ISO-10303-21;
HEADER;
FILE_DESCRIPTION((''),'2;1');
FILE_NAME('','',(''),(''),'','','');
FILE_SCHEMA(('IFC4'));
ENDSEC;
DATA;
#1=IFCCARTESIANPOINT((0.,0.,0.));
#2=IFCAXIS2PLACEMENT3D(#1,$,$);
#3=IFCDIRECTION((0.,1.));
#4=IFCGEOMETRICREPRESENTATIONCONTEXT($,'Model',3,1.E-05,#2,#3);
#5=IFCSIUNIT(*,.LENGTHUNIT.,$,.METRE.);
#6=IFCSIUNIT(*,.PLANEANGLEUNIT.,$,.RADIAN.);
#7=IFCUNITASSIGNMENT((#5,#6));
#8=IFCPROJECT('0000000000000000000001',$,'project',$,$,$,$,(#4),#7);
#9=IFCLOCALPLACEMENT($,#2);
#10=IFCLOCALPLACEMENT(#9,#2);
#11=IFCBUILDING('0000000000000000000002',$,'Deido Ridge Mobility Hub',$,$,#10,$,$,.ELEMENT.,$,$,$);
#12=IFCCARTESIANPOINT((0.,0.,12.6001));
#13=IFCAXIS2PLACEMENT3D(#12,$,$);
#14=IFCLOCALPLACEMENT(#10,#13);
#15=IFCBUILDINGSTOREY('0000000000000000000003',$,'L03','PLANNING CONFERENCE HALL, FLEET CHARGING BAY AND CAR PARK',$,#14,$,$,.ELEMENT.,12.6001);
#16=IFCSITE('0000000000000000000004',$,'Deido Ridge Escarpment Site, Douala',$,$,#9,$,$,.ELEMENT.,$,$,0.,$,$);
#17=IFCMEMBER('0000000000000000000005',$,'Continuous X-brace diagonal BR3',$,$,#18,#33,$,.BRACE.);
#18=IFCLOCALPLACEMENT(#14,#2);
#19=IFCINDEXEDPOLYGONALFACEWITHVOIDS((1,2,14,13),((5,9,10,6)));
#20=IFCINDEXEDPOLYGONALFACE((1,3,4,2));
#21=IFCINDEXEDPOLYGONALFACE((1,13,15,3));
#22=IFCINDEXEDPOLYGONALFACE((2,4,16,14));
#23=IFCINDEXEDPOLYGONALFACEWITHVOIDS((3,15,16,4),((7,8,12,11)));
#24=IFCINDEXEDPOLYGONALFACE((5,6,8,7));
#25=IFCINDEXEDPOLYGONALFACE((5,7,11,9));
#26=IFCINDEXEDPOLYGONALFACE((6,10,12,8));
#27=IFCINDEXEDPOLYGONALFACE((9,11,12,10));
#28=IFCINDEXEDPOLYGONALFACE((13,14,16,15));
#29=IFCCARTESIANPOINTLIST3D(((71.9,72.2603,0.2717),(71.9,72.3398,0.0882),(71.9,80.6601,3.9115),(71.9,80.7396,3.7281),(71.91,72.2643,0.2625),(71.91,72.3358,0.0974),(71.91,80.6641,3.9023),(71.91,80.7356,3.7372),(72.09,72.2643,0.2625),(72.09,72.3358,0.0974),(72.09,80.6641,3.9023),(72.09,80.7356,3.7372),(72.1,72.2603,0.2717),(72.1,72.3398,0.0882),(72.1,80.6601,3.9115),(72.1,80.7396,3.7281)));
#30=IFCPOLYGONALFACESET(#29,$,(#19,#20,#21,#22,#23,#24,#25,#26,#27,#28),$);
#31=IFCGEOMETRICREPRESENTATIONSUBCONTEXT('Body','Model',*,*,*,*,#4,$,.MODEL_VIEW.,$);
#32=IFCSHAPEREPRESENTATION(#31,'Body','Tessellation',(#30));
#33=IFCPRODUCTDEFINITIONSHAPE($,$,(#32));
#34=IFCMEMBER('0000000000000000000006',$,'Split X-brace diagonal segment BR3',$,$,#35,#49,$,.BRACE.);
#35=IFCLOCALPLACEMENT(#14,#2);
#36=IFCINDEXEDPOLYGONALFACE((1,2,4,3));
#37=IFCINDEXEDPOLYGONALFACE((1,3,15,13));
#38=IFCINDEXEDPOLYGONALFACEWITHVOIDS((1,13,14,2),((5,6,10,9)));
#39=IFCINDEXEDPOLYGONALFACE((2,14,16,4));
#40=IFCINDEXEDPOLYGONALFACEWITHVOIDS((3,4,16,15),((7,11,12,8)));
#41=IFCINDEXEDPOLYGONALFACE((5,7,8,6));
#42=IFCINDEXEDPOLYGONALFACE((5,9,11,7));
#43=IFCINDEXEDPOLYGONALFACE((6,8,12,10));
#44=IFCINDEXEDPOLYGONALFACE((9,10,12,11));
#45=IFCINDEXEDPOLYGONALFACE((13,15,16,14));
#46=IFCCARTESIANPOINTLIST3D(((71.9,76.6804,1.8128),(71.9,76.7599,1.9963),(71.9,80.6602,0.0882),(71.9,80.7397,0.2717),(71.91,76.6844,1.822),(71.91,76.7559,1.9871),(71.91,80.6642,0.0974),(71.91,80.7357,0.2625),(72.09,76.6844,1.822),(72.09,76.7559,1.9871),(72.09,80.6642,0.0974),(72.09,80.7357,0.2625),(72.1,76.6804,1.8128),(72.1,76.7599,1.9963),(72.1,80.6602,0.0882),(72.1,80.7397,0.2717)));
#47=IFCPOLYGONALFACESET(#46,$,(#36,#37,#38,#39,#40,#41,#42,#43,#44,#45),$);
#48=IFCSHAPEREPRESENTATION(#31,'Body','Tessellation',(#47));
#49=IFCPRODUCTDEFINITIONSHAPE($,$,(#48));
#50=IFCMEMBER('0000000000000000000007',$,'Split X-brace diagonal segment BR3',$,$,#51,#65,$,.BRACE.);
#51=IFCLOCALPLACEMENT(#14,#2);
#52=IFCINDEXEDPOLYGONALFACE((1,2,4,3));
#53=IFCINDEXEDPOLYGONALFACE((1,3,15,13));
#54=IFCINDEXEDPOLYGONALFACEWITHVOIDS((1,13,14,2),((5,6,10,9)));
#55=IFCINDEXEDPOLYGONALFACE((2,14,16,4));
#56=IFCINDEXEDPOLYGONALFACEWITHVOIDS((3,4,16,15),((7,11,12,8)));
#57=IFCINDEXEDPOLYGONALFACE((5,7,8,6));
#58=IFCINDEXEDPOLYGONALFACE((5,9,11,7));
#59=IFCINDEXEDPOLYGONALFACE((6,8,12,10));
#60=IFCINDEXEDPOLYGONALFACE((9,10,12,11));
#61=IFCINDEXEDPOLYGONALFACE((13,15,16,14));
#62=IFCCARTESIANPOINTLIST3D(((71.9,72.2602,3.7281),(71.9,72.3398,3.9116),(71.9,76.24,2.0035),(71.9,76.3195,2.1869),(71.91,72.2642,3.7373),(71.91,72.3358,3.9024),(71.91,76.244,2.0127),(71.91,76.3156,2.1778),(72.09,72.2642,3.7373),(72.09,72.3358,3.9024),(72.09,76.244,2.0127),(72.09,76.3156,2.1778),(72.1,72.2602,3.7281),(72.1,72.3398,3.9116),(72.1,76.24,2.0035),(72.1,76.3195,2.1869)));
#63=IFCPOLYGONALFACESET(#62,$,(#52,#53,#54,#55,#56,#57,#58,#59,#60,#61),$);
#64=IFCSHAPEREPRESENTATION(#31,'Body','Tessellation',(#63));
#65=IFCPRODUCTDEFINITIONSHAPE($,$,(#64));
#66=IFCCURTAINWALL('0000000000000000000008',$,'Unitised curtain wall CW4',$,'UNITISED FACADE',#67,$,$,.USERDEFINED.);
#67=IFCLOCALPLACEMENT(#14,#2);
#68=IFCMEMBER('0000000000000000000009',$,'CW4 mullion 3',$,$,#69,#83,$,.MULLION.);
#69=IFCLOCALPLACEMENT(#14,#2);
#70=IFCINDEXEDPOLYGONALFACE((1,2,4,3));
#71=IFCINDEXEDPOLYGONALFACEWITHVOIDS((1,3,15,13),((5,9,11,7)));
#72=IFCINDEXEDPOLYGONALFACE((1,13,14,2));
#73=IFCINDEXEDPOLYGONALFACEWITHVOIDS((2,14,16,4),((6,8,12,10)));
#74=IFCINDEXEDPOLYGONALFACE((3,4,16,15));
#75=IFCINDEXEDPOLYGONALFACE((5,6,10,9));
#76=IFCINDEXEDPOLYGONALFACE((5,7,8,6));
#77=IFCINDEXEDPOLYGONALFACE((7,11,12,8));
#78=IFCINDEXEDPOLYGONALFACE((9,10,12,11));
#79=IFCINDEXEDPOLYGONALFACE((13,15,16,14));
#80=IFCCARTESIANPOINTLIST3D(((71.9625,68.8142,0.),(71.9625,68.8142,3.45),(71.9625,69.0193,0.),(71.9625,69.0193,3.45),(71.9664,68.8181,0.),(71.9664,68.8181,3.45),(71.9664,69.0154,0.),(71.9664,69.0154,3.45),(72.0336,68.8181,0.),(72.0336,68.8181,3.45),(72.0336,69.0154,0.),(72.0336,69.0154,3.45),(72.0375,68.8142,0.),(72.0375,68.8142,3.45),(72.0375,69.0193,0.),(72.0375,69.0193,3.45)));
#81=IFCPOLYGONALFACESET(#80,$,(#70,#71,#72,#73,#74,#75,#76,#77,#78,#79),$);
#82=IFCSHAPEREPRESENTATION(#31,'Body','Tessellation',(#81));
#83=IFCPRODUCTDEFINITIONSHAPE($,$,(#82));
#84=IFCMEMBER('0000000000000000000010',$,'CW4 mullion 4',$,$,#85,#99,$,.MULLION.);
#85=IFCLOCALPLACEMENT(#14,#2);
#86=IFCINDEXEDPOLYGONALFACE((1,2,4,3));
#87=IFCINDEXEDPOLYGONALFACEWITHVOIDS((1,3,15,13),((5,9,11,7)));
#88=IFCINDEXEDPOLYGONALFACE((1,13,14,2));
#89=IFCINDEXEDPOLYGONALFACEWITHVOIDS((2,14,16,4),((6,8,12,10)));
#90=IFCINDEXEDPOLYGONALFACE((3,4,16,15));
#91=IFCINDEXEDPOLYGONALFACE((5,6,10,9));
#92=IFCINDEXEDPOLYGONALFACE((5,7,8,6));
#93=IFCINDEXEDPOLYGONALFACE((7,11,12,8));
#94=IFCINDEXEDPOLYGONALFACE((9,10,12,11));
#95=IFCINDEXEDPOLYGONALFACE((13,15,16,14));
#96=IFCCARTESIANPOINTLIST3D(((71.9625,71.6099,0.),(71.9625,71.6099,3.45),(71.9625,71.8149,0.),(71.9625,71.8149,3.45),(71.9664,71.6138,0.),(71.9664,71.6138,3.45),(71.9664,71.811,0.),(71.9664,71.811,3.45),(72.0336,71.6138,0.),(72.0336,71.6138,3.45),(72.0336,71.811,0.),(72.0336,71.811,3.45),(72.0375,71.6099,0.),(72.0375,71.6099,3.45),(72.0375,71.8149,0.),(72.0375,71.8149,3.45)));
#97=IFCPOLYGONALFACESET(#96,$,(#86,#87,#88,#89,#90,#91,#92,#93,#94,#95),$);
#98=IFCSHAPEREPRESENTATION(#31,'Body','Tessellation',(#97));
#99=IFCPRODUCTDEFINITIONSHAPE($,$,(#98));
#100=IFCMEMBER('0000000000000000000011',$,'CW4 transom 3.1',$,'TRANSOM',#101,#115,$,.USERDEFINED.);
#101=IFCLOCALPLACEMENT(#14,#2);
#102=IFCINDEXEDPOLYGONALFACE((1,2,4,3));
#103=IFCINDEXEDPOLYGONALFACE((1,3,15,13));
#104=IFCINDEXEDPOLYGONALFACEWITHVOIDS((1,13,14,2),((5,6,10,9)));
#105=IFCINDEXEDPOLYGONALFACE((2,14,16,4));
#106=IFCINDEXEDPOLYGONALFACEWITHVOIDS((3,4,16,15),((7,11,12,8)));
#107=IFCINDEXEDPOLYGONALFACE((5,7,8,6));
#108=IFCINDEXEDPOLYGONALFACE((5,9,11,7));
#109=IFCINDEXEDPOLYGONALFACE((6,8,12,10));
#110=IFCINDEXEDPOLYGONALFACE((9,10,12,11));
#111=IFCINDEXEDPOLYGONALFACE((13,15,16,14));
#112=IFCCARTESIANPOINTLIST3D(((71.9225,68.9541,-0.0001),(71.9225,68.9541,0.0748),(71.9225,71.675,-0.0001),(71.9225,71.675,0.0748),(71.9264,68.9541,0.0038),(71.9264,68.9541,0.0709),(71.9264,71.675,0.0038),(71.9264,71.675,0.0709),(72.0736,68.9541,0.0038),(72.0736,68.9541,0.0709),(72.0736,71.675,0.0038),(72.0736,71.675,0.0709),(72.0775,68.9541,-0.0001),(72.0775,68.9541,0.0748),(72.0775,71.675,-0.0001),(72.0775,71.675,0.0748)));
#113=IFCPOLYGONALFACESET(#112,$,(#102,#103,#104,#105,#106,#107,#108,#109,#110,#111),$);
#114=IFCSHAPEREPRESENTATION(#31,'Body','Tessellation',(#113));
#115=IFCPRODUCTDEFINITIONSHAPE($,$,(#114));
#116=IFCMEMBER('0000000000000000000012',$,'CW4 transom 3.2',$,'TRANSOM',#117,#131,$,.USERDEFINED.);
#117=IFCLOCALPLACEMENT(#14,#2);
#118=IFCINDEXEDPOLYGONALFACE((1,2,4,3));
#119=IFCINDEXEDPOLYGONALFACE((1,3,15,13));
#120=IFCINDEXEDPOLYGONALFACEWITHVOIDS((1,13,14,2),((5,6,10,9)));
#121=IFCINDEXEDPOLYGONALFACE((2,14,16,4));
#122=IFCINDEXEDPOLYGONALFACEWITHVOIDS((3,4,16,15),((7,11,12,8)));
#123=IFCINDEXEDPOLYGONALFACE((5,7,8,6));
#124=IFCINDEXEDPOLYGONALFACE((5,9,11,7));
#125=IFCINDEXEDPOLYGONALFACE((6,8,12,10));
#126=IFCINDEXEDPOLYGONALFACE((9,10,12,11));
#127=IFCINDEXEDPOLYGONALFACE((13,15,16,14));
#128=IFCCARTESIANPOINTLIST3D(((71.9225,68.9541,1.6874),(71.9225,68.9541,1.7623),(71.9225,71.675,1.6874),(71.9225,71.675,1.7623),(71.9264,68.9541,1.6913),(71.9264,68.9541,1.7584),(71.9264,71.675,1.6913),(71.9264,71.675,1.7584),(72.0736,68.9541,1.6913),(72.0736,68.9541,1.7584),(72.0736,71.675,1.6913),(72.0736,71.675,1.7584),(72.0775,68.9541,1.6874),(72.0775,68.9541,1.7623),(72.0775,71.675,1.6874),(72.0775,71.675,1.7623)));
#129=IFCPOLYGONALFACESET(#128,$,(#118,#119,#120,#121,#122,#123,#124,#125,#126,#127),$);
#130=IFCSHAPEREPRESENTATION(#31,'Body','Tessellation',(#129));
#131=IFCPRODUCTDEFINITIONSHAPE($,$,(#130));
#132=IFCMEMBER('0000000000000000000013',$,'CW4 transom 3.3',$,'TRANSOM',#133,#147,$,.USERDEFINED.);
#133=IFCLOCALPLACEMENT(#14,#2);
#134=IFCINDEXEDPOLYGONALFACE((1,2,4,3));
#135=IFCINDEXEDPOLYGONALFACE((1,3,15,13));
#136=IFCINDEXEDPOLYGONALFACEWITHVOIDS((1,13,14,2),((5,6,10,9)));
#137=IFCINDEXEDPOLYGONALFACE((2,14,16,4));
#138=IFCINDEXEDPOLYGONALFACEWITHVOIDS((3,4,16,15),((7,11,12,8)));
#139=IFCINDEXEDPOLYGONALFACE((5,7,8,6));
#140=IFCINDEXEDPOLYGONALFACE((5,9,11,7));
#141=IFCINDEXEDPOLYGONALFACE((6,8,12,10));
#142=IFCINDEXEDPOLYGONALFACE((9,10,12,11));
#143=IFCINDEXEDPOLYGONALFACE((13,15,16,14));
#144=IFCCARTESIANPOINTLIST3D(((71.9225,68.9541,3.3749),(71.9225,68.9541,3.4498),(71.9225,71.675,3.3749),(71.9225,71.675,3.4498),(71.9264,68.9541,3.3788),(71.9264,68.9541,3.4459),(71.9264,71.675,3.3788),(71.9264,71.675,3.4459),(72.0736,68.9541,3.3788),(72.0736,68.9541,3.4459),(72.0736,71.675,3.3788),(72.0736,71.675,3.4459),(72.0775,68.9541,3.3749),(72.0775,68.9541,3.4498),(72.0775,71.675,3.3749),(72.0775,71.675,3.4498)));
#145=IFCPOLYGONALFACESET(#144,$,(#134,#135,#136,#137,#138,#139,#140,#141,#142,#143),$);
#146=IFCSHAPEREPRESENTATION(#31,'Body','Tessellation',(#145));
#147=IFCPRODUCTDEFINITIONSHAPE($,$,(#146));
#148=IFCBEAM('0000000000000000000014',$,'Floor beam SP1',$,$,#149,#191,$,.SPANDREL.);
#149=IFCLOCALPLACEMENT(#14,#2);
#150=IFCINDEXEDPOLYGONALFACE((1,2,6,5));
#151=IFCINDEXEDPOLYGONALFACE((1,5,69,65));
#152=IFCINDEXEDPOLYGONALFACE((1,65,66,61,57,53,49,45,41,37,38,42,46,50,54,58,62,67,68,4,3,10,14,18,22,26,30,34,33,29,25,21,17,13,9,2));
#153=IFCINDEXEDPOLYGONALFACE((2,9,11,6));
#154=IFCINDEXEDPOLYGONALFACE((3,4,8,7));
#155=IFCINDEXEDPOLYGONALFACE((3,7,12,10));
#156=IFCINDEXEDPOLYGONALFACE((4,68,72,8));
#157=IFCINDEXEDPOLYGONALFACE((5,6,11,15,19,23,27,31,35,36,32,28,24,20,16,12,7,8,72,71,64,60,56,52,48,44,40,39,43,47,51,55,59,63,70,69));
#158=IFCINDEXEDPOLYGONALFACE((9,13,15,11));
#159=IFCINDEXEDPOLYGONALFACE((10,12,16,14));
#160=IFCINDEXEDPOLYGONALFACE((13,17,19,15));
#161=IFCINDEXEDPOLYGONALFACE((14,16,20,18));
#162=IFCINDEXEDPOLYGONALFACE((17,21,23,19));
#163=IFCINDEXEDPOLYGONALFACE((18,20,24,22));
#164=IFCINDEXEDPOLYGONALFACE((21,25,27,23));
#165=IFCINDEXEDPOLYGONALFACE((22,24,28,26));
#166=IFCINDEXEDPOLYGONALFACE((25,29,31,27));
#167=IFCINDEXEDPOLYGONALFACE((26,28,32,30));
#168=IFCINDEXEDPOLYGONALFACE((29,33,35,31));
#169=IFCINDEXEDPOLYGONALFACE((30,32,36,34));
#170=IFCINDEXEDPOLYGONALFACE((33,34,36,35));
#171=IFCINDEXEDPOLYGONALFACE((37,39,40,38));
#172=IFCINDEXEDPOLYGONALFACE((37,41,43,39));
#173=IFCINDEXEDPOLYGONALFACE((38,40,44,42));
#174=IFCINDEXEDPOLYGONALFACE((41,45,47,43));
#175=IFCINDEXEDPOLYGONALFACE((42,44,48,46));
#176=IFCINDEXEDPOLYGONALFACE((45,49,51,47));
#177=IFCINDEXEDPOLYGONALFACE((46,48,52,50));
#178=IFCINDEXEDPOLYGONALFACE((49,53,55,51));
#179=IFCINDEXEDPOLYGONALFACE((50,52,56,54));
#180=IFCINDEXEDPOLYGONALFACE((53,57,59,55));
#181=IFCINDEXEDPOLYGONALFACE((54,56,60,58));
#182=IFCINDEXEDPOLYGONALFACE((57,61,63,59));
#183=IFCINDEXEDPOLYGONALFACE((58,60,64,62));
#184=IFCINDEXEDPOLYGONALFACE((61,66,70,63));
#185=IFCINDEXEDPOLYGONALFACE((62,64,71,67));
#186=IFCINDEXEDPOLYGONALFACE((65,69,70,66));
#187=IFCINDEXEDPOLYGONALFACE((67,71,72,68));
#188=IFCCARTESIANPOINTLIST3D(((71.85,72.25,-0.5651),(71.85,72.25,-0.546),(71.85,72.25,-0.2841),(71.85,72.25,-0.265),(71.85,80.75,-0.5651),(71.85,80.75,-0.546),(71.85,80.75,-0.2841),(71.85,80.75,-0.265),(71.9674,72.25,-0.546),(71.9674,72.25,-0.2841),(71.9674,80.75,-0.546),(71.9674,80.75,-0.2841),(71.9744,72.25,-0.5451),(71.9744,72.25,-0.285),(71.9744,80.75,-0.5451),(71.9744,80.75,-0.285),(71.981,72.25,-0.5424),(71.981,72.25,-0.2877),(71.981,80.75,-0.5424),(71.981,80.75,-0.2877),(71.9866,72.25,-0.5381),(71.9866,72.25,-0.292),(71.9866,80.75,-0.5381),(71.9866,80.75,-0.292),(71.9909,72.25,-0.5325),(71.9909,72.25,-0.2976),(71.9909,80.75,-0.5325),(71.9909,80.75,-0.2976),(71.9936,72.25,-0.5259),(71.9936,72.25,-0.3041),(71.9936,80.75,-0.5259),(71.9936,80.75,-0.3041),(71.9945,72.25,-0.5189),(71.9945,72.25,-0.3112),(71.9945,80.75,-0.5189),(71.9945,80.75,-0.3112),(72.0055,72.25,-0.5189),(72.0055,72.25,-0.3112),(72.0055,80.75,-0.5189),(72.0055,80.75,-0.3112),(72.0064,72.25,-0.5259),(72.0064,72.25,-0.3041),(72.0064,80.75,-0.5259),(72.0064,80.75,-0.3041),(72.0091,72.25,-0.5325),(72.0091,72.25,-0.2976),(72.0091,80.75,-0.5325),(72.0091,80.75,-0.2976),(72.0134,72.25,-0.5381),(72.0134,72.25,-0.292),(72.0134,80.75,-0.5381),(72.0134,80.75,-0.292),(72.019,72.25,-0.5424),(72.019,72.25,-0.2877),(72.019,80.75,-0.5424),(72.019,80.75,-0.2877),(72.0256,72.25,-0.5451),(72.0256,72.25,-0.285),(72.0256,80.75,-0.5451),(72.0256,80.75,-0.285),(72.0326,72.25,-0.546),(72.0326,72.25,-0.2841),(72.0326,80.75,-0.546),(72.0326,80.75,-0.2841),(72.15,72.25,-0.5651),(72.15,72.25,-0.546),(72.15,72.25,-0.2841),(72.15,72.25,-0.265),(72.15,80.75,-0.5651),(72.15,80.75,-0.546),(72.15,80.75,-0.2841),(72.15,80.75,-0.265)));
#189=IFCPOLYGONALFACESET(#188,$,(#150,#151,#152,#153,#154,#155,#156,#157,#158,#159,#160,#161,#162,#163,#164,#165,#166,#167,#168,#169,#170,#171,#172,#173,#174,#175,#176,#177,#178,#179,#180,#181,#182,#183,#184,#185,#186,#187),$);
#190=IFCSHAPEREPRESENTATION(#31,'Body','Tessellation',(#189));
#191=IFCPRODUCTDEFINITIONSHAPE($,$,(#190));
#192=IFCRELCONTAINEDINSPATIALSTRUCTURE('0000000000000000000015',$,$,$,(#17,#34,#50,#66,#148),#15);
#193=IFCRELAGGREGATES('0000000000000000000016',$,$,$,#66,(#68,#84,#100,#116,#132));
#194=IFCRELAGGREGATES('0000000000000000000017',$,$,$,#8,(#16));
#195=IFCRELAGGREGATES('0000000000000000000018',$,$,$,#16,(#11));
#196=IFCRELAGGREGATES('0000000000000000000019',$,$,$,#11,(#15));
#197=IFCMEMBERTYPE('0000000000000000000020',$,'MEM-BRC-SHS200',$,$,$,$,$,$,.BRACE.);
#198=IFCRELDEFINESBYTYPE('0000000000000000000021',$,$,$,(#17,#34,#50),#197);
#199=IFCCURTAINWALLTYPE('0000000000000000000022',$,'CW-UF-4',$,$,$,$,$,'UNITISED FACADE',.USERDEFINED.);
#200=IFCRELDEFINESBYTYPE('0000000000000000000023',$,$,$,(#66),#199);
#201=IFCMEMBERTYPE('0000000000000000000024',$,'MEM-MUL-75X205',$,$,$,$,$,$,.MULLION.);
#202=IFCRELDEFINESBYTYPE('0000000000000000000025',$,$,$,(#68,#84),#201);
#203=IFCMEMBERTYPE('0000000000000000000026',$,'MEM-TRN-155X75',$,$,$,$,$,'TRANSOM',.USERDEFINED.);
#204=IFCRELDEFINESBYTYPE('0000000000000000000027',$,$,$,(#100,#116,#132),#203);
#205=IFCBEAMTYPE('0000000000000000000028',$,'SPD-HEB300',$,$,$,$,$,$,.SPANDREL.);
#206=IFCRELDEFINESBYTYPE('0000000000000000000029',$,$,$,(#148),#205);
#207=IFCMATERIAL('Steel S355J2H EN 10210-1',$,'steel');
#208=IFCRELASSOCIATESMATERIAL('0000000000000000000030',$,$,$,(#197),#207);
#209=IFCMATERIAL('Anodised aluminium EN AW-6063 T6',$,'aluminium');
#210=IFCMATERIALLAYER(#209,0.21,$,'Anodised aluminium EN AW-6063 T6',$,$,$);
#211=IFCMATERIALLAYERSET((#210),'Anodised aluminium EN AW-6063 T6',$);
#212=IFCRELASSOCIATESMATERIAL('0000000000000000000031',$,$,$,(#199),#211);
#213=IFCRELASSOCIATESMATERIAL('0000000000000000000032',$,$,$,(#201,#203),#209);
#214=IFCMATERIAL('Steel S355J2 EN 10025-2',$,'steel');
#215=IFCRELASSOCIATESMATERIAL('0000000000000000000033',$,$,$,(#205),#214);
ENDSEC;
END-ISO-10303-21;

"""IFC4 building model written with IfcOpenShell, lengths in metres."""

from ifc_helpers import new_model, si_unit, direction, frame, origin, origin_2d, place, context, subcontext, project, spatial, hollow_rectangle, i_section, extrude, material, layer, layer_set, material_profile, profile_set, type_object, element, aggregate, save


model = new_model("IFC4")

# Units and contexts
model_context = context("Model", 3, precision=1e-05, world=origin(), true_north=direction((0.0, 1.0)))
body_context = subcontext(model_context, "Body", "Model", "MODEL_VIEW")
ifc_project = project(units=[si_unit("LENGTHUNIT", "METRE"), si_unit("PLANEANGLEUNIT", "RADIAN")], contexts=[model_context])

# Site, building, storey
site_placement = place(None, origin())
site = spatial("IfcSite", under=ifc_project, at=site_placement, Name="Deido Ridge Escarpment Site, Douala", CompositionType="ELEMENT", RefElevation=0.0)
building_placement = place(site_placement, origin())
building = spatial("IfcBuilding", under=site, at=building_placement, Name="Deido Ridge Mobility Hub", CompositionType="ELEMENT")
storey_placement = place(building_placement, frame((0.0, 0.0, 12.6001)))
storey = spatial("IfcBuildingStorey", under=building, at=storey_placement, Name="L03", Description="PLANNING CONFERENCE HALL, FLEET CHARGING BAY AND CAR PARK", CompositionType="ELEMENT", Elevation=12.6001)

# Shared definitions
ifc_material_1 = material(Name="Steel S355J2 EN 10025-2", Category="steel")

# Members
ifc_material_2 = material(Name="Steel S355J2H EN 10210-1", Category="steel")
ifc_material_profile_1 = material_profile(ifc_material_2, hollow_rectangle(XDim=0.2, YDim=0.2, WallThickness=0.01, at=origin_2d()), Name="SHS 200x200x10")
ifc_profile_set_1 = profile_set([ifc_material_profile_1], Name="Steel S355J2H EN 10210-1")
member_type_1 = type_object("IfcMemberType", Name="MEM-BRC-SHS200", PredefinedType="BRACE", material=ifc_profile_set_1)
member_1_placement = place(storey_placement, frame((72.0, 72.3, 0.1799), z_axis=(0.0, 0.917558, 0.397601), x_axis=(-1.0, 0.0, 0.0)))
element("IfcMember", 1, at=member_1_placement, inside=storey, type_object=member_type_1, Name="Continuous X-brace diagonal BR3", PredefinedType="BRACE", context=body_context, shape_type="SweptSolid", body=[
    extrude(hollow_rectangle(XDim=0.2, YDim=0.2, WallThickness=0.01, at=origin_2d()), origin(), (0.0, 0.0, 1.0), 9.1545),
])
for number, where, z_axis, x_axis, name in (
    (2, (72.0, 80.7, 0.1799), (0.0, -0.917551, 0.397618), (1.0, 0.0, 0.0), "Split X-brace diagonal segment BR3"),
    (3, (72.0, 76.2798, 2.0952), (0.0, -0.917551, 0.397618), (1.0, 0.0, 0.0), "Split X-brace diagonal segment BR3"),
):
    element("IfcMember", number, at=place(storey_placement, frame(where, z_axis=z_axis, x_axis=x_axis)), inside=storey, type_object=member_type_1, Name=name, PredefinedType="BRACE", context=body_context, shape_type="SweptSolid", body=[
        extrude(hollow_rectangle(XDim=0.2, YDim=0.2, WallThickness=0.01, at=origin_2d()), origin(), (0.0, 0.0, 1.0), 4.3374),
    ])

# Curtain wall, members
ifc_material_3 = material(Name="Anodised aluminium EN AW-6063 T6", Category="aluminium")
ifc_layer_1 = layer(ifc_material_3, 0.21, Name="Anodised aluminium EN AW-6063 T6")
ifc_layer_set_1 = layer_set([ifc_layer_1], Name="Anodised aluminium EN AW-6063 T6")
curtain_wall_type = type_object("IfcCurtainWallType", Name="CW-UF-4", ElementType="UNITISED FACADE", PredefinedType="USERDEFINED", material=ifc_layer_set_1)
curtain_wall_placement = place(storey_placement, origin())
curtain_wall = element("IfcCurtainWall", 4, at=curtain_wall_placement, inside=storey, type_object=curtain_wall_type, Name="Unitised curtain wall CW4", ObjectType="UNITISED FACADE", PredefinedType="USERDEFINED")
ifc_material_profile_2 = material_profile(ifc_material_3, hollow_rectangle(XDim=0.075, YDim=0.2051, WallThickness=0.0039, at=origin_2d()), Name="RHS 75x205x4")
ifc_profile_set_2 = profile_set([ifc_material_profile_2], Name="Anodised aluminium EN AW-6063 T6")
member_type_2 = type_object("IfcMemberType", Name="MEM-MUL-75X205", PredefinedType="MULLION", material=ifc_profile_set_2)
member_2_placement = place(storey_placement, frame((72.0, 68.9167, 0.0), z_axis=(0.0, 0.0, 1.0), x_axis=(-1.0, 0.0, 0.0)))
member_2 = element("IfcMember", 5, at=member_2_placement, type_object=member_type_2, Name="CW4 mullion 3", PredefinedType="MULLION", context=body_context, shape_type="SweptSolid", body=[
    extrude(hollow_rectangle(XDim=0.075, YDim=0.2051, WallThickness=0.0039, at=origin_2d()), origin(), (0.0, 0.0, 1.0), 3.45),
])
member_3_placement = place(storey_placement, frame((72.0, 71.7124, 0.0), z_axis=(0.0, 0.0, 1.0), x_axis=(-1.0, 0.0, 0.0)))
member_3 = element("IfcMember", 6, at=member_3_placement, type_object=member_type_2, Name="CW4 mullion 4", PredefinedType="MULLION", context=body_context, shape_type="SweptSolid", body=[
    extrude(hollow_rectangle(XDim=0.075, YDim=0.2051, WallThickness=0.0039, at=origin_2d()), origin(), (0.0, 0.0, 1.0), 3.45),
])
ifc_material_profile_3 = material_profile(ifc_material_3, hollow_rectangle(XDim=0.155, YDim=0.075, WallThickness=0.0039, at=origin_2d()), Name="RHS 155x75x4")
ifc_profile_set_3 = profile_set([ifc_material_profile_3], Name="Anodised aluminium EN AW-6063 T6")
member_type_3 = type_object("IfcMemberType", Name="MEM-TRN-155X75", ElementType="TRANSOM", PredefinedType="USERDEFINED", material=ifc_profile_set_3)
member_4_placement = place(storey_placement, frame((72.0, 68.9541, 0.0374), z_axis=(0.0, 1.0, 0.0), x_axis=(-1.0, 0.0, 0.0)))
member_4 = element("IfcMember", 7, at=member_4_placement, type_object=member_type_3, Name="CW4 transom 3.1", ObjectType="TRANSOM", PredefinedType="USERDEFINED", context=body_context, shape_type="SweptSolid", body=[
    extrude(hollow_rectangle(XDim=0.155, YDim=0.075, WallThickness=0.0039, at=origin_2d()), origin(), (0.0, 0.0, 1.0), 2.7209),
])
member_5_placement = place(storey_placement, frame((72.0, 68.9541, 1.7249), z_axis=(0.0, 1.0, 0.0), x_axis=(-1.0, 0.0, 0.0)))
member_5 = element("IfcMember", 8, at=member_5_placement, type_object=member_type_3, Name="CW4 transom 3.2", ObjectType="TRANSOM", PredefinedType="USERDEFINED", context=body_context, shape_type="SweptSolid", body=[
    extrude(hollow_rectangle(XDim=0.155, YDim=0.075, WallThickness=0.0039, at=origin_2d()), origin(), (0.0, 0.0, 1.0), 2.7209),
])
member_6_placement = place(storey_placement, frame((72.0, 68.9541, 3.4124), z_axis=(0.0, 1.0, 0.0), x_axis=(-1.0, 0.0, 0.0)))
member_6 = element("IfcMember", 9, at=member_6_placement, type_object=member_type_3, Name="CW4 transom 3.3", ObjectType="TRANSOM", PredefinedType="USERDEFINED", context=body_context, shape_type="SweptSolid", body=[
    extrude(hollow_rectangle(XDim=0.155, YDim=0.075, WallThickness=0.0039, at=origin_2d()), origin(), (0.0, 0.0, 1.0), 2.7209),
])

# Beam
ifc_material_profile_4 = material_profile(ifc_material_1, i_section(OverallWidth=0.3, OverallDepth=0.3, WebThickness=0.011, FlangeThickness=0.019, FilletRadius=0.0271, at=origin_2d()), Name="HEB 300")
ifc_profile_set_4 = profile_set([ifc_material_profile_4], Name="Steel S355J2 EN 10025-2")
beam_type_1 = type_object("IfcBeamType", Name="SPD-HEB300", PredefinedType="SPANDREL", material=ifc_profile_set_4)
beam_1_placement = place(storey_placement, frame((72.0, 72.25, -0.415), z_axis=(0.0, 1.0, 0.0), x_axis=(-1.0, 0.0, 0.0)))
element("IfcBeam", 10, at=beam_1_placement, inside=storey, type_object=beam_type_1, Name="Floor beam SP1", PredefinedType="SPANDREL", context=body_context, shape_type="SweptSolid", body=[
    extrude(i_section(OverallWidth=0.3, OverallDepth=0.3, WebThickness=0.011, FlangeThickness=0.019, FilletRadius=0.0271, at=origin_2d()), origin(), (0.0, 0.0, 1.0), 8.5),
])

aggregate(curtain_wall, [member_2, member_3, member_4, member_5, member_6])

save(model, "model.ifc")
